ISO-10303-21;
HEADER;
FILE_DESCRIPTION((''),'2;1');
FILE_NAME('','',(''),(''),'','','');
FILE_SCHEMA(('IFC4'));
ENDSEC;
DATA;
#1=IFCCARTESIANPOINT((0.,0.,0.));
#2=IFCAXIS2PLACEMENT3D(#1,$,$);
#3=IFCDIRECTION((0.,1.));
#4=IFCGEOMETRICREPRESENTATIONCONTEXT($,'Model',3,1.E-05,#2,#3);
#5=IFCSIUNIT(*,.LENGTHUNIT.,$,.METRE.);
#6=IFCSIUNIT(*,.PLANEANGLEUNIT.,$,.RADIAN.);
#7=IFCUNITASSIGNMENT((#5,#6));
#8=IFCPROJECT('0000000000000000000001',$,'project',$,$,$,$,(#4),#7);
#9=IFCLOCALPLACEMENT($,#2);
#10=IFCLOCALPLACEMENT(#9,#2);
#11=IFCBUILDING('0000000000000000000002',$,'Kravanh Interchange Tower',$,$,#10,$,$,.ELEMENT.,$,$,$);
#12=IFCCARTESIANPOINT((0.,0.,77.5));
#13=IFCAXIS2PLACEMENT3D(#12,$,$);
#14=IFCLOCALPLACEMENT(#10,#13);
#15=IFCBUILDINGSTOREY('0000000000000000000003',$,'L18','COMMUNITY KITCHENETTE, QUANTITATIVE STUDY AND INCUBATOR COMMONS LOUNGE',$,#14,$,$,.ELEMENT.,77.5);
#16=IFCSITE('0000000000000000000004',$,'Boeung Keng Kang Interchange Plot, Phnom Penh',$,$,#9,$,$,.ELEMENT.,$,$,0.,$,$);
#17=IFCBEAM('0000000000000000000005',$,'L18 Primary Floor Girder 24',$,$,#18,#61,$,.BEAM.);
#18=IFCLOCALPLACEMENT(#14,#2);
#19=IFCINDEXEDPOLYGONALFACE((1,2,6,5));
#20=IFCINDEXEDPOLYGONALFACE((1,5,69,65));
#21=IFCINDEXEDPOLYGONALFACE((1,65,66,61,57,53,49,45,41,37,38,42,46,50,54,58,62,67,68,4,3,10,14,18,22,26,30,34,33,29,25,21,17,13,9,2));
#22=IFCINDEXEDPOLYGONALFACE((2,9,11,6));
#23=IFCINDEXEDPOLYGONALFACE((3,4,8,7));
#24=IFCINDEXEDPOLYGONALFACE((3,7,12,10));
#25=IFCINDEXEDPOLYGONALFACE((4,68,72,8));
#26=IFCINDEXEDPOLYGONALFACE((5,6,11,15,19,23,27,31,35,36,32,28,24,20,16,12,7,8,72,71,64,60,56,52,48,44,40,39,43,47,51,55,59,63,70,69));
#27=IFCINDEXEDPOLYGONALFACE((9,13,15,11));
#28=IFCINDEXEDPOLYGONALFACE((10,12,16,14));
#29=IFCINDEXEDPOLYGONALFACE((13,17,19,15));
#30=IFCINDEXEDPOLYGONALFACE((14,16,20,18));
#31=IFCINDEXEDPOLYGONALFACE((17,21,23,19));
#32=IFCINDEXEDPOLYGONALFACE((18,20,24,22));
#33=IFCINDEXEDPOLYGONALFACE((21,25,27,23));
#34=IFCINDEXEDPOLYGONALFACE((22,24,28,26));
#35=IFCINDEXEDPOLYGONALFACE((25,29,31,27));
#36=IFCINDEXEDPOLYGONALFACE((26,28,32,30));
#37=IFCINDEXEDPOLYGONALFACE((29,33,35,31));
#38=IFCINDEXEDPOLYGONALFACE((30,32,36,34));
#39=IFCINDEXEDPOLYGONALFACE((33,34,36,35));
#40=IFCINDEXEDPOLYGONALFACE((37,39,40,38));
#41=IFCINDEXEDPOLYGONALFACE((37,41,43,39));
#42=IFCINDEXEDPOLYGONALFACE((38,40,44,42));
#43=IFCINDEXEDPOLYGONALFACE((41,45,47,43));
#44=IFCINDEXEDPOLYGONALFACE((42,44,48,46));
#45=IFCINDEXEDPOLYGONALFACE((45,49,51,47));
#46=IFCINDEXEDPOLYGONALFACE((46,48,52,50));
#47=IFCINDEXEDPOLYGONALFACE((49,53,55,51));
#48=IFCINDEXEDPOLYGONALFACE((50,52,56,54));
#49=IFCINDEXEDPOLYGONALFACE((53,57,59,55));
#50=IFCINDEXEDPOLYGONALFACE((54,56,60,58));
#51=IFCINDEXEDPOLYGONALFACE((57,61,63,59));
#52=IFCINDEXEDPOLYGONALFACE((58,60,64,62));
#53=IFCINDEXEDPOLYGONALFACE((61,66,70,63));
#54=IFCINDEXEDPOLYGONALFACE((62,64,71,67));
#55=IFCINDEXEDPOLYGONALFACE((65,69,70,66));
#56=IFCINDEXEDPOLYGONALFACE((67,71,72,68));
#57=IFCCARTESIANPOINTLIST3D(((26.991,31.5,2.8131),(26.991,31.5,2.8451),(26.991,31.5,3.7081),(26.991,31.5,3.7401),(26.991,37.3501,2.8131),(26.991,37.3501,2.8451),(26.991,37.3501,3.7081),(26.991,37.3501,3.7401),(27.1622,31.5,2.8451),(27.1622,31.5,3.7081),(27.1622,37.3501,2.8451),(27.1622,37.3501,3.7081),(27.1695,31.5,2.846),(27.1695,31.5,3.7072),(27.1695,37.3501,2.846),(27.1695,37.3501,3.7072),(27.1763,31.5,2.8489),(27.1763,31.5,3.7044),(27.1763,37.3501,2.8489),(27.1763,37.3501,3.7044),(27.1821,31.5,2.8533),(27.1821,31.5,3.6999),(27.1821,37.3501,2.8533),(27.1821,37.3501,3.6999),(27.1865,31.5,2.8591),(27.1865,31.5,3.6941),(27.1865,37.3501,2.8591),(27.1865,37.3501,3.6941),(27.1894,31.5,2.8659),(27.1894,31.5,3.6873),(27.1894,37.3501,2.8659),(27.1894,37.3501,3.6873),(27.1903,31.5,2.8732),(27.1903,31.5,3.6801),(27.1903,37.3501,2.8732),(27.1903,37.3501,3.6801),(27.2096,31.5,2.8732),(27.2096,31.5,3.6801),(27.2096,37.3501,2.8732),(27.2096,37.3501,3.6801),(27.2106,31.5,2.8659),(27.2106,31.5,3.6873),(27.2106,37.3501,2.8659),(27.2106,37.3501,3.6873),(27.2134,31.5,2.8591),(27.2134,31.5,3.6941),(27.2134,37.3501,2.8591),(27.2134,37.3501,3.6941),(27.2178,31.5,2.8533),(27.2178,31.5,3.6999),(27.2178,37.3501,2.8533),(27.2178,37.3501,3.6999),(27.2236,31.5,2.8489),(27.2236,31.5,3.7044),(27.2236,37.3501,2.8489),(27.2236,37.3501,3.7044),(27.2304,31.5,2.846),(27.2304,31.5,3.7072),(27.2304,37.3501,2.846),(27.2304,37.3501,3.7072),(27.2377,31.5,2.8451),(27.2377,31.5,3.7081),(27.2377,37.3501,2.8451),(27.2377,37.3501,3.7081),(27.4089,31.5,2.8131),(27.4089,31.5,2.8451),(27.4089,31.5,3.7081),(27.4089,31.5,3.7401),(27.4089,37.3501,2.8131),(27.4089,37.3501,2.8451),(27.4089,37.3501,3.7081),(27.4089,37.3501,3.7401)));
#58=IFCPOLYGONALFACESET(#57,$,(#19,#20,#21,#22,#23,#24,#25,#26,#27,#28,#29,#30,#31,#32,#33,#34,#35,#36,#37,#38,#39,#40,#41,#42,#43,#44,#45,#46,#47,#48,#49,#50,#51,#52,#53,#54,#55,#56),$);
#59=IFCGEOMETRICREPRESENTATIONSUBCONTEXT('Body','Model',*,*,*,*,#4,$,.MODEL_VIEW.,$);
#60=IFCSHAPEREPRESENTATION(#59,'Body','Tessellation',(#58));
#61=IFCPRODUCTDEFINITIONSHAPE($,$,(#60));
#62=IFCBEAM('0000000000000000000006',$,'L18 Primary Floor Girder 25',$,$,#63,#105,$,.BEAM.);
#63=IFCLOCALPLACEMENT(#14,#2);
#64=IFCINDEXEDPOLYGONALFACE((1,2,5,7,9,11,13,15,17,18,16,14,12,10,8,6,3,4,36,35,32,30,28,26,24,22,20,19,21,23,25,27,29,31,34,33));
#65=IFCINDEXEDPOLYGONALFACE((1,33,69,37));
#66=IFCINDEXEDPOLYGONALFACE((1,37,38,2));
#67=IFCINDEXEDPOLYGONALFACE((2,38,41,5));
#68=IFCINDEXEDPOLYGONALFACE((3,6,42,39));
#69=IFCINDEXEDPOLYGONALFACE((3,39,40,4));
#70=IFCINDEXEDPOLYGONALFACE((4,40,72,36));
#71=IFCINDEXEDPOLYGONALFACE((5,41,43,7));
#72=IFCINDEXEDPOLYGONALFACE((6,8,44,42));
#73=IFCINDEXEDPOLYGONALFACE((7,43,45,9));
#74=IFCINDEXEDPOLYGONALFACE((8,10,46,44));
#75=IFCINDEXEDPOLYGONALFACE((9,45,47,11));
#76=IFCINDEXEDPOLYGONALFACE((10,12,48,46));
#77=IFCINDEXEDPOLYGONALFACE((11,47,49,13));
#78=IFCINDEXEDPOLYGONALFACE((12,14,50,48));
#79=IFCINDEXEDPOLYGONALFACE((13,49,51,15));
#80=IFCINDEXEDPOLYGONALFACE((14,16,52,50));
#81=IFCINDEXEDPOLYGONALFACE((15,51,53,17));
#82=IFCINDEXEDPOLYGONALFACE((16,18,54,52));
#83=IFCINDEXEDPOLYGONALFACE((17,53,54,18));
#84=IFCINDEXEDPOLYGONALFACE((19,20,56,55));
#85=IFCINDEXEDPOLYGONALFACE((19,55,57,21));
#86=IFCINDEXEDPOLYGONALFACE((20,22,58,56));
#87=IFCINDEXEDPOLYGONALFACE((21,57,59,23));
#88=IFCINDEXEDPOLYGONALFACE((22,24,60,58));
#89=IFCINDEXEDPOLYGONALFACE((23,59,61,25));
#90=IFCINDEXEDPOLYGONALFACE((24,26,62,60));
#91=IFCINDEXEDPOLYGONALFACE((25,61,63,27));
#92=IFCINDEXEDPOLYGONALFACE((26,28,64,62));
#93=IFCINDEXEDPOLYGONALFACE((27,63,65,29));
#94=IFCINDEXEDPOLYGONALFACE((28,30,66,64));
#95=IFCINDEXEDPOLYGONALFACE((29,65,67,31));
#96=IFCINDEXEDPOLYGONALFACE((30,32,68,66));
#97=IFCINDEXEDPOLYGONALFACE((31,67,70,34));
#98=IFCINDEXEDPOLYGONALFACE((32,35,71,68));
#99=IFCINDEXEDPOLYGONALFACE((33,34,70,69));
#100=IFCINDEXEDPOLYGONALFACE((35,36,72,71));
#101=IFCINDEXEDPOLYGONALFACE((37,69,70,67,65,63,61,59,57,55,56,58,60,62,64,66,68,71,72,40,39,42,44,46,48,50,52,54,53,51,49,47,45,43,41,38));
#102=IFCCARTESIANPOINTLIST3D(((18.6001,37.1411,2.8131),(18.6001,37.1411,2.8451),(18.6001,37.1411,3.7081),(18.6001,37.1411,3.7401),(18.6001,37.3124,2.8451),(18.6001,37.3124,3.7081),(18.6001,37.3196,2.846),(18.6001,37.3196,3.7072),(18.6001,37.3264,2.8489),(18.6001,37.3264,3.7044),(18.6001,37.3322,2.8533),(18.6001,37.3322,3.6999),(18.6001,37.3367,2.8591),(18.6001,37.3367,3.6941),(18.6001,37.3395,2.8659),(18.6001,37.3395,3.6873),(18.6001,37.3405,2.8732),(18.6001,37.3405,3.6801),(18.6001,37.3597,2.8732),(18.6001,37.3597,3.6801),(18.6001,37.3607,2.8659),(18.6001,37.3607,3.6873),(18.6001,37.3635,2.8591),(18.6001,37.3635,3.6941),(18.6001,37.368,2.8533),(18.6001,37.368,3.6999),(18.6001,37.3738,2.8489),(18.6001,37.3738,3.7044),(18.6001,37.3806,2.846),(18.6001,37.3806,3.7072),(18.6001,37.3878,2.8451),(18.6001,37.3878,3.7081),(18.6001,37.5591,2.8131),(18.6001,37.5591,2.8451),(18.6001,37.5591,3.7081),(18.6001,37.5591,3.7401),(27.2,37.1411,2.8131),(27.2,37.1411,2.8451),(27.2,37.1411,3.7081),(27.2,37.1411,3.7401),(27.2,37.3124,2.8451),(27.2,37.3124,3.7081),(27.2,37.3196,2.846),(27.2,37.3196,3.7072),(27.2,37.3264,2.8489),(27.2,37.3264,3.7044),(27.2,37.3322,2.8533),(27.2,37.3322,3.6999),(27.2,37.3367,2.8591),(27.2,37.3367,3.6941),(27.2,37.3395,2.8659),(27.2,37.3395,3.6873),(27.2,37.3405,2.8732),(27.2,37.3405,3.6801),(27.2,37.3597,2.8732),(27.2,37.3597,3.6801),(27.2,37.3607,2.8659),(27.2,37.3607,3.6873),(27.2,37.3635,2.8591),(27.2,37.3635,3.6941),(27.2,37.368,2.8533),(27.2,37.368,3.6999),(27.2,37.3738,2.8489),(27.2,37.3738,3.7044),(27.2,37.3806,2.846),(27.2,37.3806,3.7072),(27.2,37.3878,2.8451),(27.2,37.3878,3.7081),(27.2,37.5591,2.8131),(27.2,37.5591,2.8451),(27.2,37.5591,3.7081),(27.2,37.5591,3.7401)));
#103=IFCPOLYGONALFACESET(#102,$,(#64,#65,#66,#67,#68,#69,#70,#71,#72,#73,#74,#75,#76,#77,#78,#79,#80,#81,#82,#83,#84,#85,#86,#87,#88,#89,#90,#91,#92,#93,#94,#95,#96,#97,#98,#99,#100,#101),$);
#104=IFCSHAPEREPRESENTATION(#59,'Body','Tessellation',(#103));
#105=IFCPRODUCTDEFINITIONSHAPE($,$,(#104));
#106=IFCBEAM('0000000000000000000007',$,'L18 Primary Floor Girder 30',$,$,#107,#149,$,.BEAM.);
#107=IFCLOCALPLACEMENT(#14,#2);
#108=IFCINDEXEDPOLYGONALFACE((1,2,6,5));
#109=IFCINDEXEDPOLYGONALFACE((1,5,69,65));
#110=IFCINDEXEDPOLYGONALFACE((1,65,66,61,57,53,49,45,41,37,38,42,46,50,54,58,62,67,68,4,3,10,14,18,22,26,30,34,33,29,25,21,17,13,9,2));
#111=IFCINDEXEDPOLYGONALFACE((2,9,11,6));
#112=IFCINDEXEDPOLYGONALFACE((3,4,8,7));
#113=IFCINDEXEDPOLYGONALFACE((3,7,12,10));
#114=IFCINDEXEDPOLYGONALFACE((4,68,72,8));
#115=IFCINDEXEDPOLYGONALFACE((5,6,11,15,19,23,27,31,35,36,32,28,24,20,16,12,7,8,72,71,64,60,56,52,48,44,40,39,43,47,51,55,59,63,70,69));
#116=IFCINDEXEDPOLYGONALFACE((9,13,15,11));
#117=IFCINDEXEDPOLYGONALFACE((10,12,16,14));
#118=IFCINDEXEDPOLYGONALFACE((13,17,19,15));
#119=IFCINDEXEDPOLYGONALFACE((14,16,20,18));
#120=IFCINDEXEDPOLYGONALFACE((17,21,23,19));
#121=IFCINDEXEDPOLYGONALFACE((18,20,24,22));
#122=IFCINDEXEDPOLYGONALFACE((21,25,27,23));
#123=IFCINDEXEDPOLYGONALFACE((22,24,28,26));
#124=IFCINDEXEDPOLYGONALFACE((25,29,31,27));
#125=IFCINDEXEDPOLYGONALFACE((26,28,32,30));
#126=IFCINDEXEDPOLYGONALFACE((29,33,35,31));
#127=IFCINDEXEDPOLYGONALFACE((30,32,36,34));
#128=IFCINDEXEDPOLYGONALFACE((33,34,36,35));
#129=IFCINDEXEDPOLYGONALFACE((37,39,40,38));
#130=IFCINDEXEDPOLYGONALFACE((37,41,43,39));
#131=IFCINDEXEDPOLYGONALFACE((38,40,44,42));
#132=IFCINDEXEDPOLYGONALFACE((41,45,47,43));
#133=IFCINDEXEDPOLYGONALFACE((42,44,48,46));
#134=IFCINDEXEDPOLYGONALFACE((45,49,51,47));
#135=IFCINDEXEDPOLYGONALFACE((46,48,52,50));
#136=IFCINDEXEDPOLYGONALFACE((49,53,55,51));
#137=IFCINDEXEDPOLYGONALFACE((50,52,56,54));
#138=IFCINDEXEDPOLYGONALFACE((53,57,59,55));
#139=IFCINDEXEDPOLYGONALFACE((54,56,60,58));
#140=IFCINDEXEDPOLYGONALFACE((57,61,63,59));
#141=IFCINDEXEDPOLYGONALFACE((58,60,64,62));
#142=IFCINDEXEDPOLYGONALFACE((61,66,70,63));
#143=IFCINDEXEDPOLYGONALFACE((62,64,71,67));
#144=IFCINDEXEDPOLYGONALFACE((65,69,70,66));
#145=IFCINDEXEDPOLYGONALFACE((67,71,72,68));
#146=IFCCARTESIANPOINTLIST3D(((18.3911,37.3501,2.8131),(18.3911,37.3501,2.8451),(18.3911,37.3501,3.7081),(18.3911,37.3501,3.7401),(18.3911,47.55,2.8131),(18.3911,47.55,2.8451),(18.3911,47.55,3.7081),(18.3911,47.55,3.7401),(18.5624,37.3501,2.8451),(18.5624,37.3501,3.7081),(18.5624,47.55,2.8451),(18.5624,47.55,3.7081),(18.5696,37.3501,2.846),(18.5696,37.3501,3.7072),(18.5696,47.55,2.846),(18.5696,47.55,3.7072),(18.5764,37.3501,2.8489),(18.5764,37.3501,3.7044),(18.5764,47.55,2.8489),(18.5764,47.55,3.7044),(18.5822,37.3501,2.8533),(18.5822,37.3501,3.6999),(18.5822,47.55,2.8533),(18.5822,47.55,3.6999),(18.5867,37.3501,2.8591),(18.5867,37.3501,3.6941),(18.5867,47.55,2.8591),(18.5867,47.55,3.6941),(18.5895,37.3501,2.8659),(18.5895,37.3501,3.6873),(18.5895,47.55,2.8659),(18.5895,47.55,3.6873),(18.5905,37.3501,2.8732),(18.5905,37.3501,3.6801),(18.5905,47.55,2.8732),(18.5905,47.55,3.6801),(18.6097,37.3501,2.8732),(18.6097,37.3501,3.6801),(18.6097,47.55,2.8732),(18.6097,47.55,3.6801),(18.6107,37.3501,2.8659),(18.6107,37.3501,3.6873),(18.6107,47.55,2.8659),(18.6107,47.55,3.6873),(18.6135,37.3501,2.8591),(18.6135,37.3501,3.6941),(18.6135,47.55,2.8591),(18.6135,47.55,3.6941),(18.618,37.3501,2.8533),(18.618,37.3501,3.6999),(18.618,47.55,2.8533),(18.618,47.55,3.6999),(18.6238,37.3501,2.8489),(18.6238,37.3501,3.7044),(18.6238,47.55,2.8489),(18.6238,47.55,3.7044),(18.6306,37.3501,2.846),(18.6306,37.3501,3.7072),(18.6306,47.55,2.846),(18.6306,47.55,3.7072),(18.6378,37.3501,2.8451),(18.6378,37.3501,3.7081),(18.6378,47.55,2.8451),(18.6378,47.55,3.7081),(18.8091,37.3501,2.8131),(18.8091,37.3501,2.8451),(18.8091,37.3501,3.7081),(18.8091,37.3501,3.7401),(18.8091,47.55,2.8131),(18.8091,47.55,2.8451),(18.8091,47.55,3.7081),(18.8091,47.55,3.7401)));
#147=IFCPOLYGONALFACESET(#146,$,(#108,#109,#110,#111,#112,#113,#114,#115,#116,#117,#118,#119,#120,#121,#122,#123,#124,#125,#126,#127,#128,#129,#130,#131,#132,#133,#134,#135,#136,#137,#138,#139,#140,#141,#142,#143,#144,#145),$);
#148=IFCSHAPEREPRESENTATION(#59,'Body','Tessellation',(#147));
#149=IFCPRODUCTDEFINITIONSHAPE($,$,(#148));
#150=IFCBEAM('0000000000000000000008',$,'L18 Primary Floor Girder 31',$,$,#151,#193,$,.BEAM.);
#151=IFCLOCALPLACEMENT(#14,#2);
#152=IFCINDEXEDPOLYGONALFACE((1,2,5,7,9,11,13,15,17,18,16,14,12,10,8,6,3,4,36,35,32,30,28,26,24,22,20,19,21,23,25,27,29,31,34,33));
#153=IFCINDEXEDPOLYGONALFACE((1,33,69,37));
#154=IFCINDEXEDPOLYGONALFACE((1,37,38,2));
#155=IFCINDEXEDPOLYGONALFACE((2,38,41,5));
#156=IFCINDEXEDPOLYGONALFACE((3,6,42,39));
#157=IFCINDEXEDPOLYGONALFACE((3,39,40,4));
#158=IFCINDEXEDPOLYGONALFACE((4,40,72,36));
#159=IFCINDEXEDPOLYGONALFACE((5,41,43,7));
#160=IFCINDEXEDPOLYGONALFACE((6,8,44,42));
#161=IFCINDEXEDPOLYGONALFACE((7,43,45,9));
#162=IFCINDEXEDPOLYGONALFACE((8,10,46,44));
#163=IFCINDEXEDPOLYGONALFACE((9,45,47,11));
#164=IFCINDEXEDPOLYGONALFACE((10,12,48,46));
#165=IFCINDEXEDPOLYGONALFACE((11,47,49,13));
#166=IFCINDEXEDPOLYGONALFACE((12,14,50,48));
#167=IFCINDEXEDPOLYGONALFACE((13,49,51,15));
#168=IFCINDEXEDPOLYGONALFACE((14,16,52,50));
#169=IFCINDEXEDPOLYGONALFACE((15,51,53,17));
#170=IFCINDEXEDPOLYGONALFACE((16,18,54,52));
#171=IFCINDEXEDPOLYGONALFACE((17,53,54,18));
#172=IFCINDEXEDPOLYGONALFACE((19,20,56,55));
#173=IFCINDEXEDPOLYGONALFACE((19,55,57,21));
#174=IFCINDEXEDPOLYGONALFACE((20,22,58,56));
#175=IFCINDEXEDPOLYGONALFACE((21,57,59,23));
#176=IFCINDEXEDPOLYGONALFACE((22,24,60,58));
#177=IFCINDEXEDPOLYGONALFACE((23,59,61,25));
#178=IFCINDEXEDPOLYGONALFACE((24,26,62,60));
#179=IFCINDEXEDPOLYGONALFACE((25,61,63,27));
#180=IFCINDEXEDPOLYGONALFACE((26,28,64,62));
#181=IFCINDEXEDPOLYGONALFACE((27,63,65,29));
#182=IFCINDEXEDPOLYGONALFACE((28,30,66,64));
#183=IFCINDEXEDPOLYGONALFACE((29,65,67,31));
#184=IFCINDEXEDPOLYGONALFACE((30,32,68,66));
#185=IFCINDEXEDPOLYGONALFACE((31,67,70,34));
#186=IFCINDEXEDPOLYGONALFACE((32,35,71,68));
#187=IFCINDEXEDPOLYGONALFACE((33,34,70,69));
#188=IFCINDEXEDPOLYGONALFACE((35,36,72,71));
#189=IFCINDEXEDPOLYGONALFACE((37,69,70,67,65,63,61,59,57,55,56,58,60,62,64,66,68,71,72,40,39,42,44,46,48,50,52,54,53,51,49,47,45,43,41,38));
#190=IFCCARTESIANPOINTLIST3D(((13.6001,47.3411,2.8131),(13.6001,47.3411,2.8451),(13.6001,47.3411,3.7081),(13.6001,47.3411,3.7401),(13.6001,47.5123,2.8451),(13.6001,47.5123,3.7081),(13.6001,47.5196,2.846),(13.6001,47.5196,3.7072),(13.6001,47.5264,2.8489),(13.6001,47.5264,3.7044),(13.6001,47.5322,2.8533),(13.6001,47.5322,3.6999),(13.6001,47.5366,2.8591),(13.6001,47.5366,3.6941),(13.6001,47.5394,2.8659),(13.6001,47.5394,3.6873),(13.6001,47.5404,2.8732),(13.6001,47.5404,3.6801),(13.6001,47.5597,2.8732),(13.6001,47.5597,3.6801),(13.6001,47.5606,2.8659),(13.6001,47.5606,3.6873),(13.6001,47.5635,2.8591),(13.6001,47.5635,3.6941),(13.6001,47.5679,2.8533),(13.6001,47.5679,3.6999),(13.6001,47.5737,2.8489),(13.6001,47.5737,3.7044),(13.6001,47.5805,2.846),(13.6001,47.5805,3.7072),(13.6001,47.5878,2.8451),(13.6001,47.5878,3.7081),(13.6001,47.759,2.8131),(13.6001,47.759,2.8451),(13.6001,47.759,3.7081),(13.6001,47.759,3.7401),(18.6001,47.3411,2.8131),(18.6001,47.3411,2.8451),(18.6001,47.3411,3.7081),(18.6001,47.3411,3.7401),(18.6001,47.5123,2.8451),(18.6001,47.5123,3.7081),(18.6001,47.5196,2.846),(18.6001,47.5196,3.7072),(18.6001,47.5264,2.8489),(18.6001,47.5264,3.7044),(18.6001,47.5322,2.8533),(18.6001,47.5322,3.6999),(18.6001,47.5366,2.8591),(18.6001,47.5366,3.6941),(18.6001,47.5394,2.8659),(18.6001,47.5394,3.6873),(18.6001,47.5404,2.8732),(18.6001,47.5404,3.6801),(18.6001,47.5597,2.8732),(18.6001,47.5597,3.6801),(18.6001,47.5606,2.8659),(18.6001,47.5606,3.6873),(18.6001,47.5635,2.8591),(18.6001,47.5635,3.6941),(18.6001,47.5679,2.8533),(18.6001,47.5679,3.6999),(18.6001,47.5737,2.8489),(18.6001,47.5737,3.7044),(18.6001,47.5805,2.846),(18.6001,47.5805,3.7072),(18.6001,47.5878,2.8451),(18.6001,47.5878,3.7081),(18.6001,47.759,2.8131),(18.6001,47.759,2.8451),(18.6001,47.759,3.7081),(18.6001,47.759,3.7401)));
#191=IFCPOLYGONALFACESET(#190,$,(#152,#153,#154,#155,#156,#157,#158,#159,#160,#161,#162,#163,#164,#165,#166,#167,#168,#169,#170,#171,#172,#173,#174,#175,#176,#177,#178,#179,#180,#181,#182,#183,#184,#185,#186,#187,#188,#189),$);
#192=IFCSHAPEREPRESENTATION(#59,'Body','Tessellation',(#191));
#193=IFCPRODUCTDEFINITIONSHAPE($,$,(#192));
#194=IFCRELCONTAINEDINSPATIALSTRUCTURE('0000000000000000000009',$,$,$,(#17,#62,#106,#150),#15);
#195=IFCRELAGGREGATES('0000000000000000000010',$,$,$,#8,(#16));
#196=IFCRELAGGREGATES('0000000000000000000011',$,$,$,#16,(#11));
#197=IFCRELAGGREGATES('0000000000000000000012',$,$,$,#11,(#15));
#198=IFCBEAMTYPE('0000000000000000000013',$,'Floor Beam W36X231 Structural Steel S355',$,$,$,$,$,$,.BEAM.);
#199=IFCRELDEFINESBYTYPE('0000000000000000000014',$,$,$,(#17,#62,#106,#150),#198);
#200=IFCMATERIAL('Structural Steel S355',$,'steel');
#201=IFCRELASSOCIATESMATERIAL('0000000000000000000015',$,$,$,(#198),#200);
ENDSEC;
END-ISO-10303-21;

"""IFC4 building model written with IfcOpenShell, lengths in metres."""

from ifc_helpers import new_model, si_unit, direction, frame, origin, origin_2d, place, context, subcontext, project, spatial, i_section, extrude, material, material_profile, profile_set, type_object, element, save


model = new_model("IFC4")

# Units and contexts
model_context = context("Model", 3, precision=1e-05, world=origin(), true_north=direction((0.0, 1.0)))
body_context = subcontext(model_context, "Body", "Model", "MODEL_VIEW")
ifc_project = project(units=[si_unit("LENGTHUNIT", "METRE"), si_unit("PLANEANGLEUNIT", "RADIAN")], contexts=[model_context])

# Site, building, storey
site_placement = place(None, origin())
site = spatial("IfcSite", under=ifc_project, at=site_placement, Name="Boeung Keng Kang Interchange Plot, Phnom Penh", CompositionType="ELEMENT", RefElevation=0.0)
building_placement = place(site_placement, origin())
building = spatial("IfcBuilding", under=site, at=building_placement, Name="Kravanh Interchange Tower", CompositionType="ELEMENT")
storey_placement = place(building_placement, frame((0.0, 0.0, 77.5)))
storey = spatial("IfcBuildingStorey", under=building, at=storey_placement, Name="L18", Description="COMMUNITY KITCHENETTE, QUANTITATIVE STUDY AND INCUBATOR COMMONS LOUNGE", CompositionType="ELEMENT", Elevation=77.5)

# Beams
ifc_material_1 = material(Name="Structural Steel S355", Category="steel")
ifc_material_profile_1 = material_profile(ifc_material_1, i_section(OverallWidth=0.418, OverallDepth=0.927, WebThickness=0.0193, FlangeThickness=0.032, FilletRadius=0.0281, at=origin_2d()), Name="W36X231")
ifc_profile_set_1 = profile_set([ifc_material_profile_1], Name="Structural Steel S355")
beam_type = type_object("IfcBeamType", Name="Floor Beam W36X231 Structural Steel S355", PredefinedType="BEAM", material=ifc_profile_set_1)
beam_1_placement = place(storey_placement, frame((27.2, 37.3501, 3.2766), z_axis=(0.0, -1.0, 0.0), x_axis=(1.0, 0.0, 0.0)))
element("IfcBeam", 1, at=beam_1_placement, inside=storey, type_object=beam_type, Name="L18 Primary Floor Girder 24", PredefinedType="BEAM", context=body_context, shape_type="SweptSolid", body=[
    extrude(i_section(OverallWidth=0.418, OverallDepth=0.927, WebThickness=0.0193, FlangeThickness=0.032, FilletRadius=0.0281, at=origin_2d()), origin(), (0.0, 0.0, 1.0), 5.8501),
])
beam_2_placement = place(storey_placement, frame((27.2, 37.3501, 3.2766), z_axis=(-1.0, 0.0, 0.0), x_axis=(0.0, -1.0, 0.0)))
element("IfcBeam", 2, at=beam_2_placement, inside=storey, type_object=beam_type, Name="L18 Primary Floor Girder 25", PredefinedType="BEAM", context=body_context, shape_type="SweptSolid", body=[
    extrude(i_section(OverallWidth=0.418, OverallDepth=0.927, WebThickness=0.0193, FlangeThickness=0.032, FilletRadius=0.0281, at=origin_2d()), origin(), (0.0, 0.0, 1.0), 8.5999),
])
beam_3_placement = place(storey_placement, frame((18.6001, 37.3501, 3.2766), z_axis=(0.0, 1.0, 0.0), x_axis=(-1.0, 0.0, 0.0)))
element("IfcBeam", 3, at=beam_3_placement, inside=storey, type_object=beam_type, Name="L18 Primary Floor Girder 30", PredefinedType="BEAM", context=body_context, shape_type="SweptSolid", body=[
    extrude(i_section(OverallWidth=0.418, OverallDepth=0.927, WebThickness=0.0193, FlangeThickness=0.032, FilletRadius=0.0281, at=origin_2d()), origin(), (0.0, 0.0, 1.0), 10.2),
])
beam_4_placement = place(storey_placement, frame((18.6001, 47.55, 3.2766), z_axis=(-1.0, 0.0, 0.0), x_axis=(0.0, -1.0, 0.0)))
element("IfcBeam", 4, at=beam_4_placement, inside=storey, type_object=beam_type, Name="L18 Primary Floor Girder 31", PredefinedType="BEAM", context=body_context, shape_type="SweptSolid", body=[
    extrude(i_section(OverallWidth=0.418, OverallDepth=0.927, WebThickness=0.0193, FlangeThickness=0.032, FilletRadius=0.0281, at=origin_2d()), origin(), (0.0, 0.0, 1.0), 5.0),
])

save(model, "model.ifc")
